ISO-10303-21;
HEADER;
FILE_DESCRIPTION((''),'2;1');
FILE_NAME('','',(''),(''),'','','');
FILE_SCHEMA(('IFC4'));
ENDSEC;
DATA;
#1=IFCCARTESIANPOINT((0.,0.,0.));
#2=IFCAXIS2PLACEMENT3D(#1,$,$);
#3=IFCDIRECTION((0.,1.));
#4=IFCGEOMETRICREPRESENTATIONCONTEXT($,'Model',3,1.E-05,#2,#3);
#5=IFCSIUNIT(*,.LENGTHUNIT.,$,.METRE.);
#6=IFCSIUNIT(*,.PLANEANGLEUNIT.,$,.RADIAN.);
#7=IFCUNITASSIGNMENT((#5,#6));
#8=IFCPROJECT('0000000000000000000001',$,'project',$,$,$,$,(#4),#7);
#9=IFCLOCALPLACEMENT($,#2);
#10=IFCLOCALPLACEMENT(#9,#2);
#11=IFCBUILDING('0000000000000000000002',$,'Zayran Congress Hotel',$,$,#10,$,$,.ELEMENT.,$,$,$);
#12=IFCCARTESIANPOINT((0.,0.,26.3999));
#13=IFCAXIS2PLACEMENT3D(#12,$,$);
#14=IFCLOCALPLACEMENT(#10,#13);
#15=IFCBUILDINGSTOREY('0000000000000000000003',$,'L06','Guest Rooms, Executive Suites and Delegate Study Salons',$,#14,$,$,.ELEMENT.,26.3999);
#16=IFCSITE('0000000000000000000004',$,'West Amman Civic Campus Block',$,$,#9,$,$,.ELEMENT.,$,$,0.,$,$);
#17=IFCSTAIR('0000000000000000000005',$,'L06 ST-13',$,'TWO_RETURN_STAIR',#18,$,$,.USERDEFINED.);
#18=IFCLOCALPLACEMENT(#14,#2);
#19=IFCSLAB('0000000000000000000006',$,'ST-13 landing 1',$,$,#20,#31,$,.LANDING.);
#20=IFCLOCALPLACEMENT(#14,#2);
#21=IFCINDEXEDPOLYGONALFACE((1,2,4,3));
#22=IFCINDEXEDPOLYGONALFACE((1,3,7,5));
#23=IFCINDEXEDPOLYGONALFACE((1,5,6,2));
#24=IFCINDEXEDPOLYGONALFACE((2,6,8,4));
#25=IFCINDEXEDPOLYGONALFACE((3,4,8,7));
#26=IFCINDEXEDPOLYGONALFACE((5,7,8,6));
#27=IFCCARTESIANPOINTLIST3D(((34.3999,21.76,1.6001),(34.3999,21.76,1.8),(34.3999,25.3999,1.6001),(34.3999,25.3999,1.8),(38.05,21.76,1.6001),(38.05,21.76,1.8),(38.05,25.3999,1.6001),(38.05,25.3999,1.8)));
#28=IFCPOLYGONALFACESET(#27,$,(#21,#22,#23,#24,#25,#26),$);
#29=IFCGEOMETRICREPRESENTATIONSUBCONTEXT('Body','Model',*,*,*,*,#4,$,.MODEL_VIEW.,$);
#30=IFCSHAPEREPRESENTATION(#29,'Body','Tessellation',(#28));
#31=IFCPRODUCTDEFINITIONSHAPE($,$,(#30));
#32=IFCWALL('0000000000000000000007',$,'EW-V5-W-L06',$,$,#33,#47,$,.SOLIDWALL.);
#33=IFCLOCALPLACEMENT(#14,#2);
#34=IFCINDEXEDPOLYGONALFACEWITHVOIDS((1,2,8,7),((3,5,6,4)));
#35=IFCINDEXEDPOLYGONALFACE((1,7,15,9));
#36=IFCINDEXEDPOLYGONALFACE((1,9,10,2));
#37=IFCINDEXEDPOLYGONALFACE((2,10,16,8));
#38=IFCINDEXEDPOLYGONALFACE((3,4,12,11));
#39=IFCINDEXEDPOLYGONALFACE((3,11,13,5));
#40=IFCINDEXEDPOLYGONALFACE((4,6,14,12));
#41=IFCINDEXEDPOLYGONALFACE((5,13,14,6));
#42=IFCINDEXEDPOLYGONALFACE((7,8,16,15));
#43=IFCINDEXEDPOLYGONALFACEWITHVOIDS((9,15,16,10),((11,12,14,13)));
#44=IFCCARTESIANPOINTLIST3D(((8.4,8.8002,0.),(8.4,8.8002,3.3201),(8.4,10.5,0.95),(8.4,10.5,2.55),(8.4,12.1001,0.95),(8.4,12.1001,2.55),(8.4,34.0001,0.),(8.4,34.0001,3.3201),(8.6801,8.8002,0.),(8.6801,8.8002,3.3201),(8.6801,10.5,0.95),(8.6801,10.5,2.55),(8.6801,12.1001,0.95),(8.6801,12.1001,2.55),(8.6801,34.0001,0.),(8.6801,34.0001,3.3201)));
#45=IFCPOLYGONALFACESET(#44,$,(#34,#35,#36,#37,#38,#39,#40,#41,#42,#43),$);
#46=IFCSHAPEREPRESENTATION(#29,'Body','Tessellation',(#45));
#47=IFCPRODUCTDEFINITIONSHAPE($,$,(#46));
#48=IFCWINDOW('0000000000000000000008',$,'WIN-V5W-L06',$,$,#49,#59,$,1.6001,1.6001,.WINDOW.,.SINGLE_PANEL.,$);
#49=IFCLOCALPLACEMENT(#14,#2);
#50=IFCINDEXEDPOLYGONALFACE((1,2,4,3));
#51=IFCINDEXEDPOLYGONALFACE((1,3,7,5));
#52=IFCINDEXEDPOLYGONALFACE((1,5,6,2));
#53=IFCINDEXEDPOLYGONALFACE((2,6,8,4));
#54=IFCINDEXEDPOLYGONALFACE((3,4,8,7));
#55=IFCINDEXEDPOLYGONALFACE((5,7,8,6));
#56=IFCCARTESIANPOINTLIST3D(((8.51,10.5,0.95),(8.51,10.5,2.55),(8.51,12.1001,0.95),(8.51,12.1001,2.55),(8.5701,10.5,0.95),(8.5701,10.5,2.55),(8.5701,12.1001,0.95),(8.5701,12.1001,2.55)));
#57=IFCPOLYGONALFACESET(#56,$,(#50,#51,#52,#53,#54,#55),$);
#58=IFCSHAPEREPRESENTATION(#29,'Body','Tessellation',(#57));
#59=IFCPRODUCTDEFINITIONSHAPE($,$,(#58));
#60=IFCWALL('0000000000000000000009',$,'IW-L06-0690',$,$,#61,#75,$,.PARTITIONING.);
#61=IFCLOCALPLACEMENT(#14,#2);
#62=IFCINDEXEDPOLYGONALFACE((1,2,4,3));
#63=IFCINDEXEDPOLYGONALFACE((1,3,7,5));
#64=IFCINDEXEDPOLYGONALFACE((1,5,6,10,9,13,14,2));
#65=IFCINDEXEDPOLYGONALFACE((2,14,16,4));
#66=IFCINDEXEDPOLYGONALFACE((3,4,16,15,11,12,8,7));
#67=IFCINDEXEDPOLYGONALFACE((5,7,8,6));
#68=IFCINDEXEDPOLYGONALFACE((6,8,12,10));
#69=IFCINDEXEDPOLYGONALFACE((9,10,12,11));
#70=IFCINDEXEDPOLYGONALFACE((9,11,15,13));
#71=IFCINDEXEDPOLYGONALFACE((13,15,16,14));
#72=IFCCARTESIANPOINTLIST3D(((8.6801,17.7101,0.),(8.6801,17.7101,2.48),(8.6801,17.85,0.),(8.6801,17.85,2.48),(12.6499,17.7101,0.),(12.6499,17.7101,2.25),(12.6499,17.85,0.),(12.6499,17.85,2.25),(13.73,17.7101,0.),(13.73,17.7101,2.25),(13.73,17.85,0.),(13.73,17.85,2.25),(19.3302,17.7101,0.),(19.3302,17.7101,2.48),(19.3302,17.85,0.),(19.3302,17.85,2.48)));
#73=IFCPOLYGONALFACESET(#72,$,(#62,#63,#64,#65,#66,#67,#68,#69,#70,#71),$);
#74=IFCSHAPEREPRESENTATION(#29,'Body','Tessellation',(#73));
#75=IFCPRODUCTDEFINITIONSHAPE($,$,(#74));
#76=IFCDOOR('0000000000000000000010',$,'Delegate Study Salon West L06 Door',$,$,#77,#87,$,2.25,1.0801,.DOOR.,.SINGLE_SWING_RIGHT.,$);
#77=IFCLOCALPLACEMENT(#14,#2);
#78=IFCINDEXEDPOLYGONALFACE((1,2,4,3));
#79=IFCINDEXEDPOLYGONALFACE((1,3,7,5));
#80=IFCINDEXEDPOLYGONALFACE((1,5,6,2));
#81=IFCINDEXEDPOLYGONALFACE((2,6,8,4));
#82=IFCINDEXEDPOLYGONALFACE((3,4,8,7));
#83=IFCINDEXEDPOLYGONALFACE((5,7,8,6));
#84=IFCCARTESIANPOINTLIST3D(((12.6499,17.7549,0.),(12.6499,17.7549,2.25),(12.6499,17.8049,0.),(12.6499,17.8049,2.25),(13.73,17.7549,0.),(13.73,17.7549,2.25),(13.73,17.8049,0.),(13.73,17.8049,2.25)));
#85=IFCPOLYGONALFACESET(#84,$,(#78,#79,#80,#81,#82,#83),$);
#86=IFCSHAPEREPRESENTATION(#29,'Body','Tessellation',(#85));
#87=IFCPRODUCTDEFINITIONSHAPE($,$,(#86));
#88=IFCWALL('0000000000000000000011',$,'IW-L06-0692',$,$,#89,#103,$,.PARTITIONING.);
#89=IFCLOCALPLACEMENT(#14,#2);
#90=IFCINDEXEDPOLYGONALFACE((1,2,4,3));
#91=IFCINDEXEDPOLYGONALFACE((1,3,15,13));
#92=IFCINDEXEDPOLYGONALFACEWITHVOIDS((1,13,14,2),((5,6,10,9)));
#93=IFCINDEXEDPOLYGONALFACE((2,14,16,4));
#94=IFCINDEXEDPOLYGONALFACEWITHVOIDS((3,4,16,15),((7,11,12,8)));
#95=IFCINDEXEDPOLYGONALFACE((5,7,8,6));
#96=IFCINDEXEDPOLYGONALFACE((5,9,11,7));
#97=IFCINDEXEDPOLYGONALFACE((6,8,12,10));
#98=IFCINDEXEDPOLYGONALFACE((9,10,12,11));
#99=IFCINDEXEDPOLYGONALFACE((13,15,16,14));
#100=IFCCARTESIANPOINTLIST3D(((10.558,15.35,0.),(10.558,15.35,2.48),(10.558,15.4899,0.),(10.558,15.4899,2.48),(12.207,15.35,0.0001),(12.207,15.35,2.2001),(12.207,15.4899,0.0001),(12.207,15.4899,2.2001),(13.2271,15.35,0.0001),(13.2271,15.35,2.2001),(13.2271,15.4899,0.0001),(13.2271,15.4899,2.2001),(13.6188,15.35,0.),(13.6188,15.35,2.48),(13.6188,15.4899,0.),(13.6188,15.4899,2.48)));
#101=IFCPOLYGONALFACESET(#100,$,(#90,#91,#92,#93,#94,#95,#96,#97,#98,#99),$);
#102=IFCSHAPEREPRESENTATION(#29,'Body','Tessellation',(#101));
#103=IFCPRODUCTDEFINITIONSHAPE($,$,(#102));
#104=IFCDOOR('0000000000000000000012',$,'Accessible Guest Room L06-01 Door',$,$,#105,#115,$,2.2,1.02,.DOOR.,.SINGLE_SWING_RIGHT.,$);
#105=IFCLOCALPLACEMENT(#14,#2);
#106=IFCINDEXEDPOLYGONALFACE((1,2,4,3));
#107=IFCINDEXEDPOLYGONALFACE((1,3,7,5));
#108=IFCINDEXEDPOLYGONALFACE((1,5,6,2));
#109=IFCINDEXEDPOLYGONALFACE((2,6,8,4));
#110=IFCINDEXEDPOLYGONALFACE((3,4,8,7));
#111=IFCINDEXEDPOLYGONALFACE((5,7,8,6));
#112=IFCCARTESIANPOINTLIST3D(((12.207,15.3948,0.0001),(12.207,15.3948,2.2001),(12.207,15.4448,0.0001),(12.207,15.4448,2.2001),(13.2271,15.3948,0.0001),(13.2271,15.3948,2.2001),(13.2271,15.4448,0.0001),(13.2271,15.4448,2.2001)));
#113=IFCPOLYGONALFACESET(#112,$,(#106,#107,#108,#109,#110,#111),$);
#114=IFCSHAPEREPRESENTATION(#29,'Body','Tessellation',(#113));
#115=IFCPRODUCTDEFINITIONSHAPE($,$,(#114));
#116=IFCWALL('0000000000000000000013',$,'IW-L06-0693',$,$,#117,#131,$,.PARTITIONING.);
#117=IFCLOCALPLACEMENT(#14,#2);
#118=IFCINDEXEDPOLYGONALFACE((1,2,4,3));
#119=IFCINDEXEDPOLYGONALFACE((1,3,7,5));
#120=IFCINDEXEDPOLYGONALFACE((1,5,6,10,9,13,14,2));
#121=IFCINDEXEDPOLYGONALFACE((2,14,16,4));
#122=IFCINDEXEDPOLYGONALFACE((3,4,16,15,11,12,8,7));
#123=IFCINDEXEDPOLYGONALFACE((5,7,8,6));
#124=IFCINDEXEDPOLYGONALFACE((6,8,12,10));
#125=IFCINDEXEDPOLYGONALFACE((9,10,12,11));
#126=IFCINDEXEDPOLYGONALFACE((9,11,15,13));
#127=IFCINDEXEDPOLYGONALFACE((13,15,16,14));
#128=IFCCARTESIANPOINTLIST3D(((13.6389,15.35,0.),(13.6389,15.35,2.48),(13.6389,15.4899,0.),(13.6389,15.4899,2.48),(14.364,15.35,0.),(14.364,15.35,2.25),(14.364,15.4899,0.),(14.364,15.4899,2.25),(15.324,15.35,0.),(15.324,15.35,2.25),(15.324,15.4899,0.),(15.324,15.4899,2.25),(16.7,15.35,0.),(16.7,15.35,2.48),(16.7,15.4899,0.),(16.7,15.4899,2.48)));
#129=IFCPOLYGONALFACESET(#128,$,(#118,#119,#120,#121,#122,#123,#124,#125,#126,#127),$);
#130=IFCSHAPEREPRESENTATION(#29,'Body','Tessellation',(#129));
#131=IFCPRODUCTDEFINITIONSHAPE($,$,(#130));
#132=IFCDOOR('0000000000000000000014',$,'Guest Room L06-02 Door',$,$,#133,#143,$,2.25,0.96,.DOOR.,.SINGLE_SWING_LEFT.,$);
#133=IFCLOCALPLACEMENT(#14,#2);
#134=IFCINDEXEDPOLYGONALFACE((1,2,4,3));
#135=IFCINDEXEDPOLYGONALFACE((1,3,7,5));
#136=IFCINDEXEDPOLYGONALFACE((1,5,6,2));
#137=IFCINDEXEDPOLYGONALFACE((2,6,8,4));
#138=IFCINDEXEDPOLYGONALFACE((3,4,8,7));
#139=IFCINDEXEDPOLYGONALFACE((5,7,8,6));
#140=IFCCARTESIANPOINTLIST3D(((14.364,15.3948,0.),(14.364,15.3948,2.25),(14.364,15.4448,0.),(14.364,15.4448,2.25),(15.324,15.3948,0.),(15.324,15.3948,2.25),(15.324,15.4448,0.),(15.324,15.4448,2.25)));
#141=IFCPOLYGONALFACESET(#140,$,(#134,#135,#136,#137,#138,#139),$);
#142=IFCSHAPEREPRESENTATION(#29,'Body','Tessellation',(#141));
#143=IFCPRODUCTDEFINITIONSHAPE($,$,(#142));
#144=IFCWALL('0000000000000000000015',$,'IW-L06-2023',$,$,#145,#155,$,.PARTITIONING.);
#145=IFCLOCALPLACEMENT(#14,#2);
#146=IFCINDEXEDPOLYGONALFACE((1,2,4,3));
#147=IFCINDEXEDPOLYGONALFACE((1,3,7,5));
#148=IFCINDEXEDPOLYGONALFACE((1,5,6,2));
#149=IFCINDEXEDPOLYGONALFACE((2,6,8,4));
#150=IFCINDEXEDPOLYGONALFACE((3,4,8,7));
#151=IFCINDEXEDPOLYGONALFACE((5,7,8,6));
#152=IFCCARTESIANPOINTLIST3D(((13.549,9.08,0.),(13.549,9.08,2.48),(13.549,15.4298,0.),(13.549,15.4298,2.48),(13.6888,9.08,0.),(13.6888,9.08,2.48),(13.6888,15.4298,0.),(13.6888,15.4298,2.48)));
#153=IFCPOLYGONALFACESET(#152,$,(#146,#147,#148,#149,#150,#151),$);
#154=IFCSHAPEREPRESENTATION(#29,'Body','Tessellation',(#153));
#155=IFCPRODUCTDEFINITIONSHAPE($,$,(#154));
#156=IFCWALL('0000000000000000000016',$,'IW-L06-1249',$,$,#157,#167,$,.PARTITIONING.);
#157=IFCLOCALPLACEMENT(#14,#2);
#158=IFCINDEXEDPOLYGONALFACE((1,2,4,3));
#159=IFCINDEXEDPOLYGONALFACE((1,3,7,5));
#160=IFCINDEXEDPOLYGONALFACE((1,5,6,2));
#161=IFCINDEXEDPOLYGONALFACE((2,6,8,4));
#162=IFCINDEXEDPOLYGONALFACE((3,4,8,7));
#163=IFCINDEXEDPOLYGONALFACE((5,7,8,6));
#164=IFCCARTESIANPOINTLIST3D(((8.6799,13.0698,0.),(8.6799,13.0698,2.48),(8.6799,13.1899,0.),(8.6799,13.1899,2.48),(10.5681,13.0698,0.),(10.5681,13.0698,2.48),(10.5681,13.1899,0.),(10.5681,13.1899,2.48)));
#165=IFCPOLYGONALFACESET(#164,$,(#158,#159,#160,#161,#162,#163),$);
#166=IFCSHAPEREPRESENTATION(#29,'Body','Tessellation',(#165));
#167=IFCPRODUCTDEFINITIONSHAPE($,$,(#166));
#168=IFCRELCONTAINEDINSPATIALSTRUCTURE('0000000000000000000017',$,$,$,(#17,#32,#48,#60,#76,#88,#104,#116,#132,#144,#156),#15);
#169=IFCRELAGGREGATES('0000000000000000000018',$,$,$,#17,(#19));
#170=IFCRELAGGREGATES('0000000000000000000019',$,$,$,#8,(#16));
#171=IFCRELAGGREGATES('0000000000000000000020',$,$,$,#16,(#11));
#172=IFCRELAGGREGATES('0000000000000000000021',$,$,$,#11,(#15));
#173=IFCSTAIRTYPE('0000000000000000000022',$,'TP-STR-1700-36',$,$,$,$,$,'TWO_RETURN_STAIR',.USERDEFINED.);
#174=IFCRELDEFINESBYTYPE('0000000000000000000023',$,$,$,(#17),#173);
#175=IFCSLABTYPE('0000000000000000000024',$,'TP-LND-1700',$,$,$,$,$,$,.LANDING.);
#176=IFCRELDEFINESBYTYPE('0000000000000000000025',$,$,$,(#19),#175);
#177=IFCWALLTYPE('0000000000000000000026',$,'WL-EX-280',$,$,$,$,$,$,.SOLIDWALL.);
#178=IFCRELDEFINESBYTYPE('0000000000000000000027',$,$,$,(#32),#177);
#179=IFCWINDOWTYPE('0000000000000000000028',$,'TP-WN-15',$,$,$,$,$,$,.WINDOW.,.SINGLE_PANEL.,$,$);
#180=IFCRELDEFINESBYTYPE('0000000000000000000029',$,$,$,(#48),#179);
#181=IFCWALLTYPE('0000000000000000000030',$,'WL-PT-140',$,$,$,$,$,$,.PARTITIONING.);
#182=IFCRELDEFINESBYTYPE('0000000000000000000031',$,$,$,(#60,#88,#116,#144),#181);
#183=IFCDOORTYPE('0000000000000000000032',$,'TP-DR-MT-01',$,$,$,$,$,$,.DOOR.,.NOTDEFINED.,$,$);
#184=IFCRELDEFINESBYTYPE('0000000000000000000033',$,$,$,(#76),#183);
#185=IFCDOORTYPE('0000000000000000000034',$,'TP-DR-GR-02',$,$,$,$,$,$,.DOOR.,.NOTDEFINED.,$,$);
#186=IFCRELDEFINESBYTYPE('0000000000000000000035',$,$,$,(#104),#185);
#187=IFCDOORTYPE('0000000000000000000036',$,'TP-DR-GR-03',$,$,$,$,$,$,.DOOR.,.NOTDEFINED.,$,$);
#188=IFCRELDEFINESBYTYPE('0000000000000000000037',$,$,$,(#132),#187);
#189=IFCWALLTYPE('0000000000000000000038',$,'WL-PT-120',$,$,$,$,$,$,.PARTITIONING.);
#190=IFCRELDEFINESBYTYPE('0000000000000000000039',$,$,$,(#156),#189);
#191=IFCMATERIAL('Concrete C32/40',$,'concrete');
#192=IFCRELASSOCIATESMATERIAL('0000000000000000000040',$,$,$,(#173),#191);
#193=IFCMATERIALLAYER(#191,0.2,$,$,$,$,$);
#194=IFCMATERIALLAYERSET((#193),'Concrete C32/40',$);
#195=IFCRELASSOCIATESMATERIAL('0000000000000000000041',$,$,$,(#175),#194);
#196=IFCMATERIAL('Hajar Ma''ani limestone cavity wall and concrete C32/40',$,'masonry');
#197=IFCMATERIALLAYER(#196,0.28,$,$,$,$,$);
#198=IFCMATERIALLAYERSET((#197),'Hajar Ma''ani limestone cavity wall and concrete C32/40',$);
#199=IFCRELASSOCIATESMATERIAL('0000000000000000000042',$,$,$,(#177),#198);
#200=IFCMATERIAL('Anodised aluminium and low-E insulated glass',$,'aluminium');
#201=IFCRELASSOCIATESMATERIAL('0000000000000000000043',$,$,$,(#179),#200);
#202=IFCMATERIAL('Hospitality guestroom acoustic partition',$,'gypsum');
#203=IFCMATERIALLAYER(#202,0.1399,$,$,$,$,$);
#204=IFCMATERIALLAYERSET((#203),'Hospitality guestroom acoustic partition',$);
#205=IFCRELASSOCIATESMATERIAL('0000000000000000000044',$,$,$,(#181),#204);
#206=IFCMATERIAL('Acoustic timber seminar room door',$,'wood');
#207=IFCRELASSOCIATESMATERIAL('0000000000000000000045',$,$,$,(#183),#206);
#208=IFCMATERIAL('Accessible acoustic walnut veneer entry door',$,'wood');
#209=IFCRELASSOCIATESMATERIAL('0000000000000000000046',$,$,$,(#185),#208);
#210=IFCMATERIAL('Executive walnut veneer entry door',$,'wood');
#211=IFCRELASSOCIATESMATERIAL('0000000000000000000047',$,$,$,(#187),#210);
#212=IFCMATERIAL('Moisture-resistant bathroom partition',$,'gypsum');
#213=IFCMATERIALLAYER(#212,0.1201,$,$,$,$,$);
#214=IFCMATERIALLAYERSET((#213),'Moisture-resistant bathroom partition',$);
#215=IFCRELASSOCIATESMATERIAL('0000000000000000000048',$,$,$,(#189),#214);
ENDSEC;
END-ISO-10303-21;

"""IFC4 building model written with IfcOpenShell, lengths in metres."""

from ifc_helpers import new_model, si_unit, direction, frame, frame_2d, origin, place, context, subcontext, project, spatial, polyline, rectangle, outline, extrude, material, layer, layer_set, type_object, element, fill, aggregate, save


model = new_model("IFC4")

# Units and contexts
model_context = context("Model", 3, precision=1e-05, world=origin(), true_north=direction((0.0, 1.0)))
body_context = subcontext(model_context, "Body", "Model", "MODEL_VIEW")
ifc_project = project(units=[si_unit("LENGTHUNIT", "METRE"), si_unit("PLANEANGLEUNIT", "RADIAN")], contexts=[model_context])

# Site, building, storey
site_placement = place(None, origin())
site = spatial("IfcSite", under=ifc_project, at=site_placement, Name="West Amman Civic Campus Block", CompositionType="ELEMENT", RefElevation=0.0)
building_placement = place(site_placement, origin())
building = spatial("IfcBuilding", under=site, at=building_placement, Name="Zayran Congress Hotel", CompositionType="ELEMENT")
storey_placement = place(building_placement, frame((0.0, 0.0, 26.3999)))
storey = spatial("IfcBuildingStorey", under=building, at=storey_placement, Name="L06", Description="Guest Rooms, Executive Suites and Delegate Study Salons", CompositionType="ELEMENT", Elevation=26.3999)

# Shared definitions
ifc_material_1 = material(Name="Concrete C32/40", Category="concrete")

# Stair, slab
stair_type = type_object("IfcStairType", Name="TP-STR-1700-36", ElementType="TWO_RETURN_STAIR", PredefinedType="USERDEFINED", material=ifc_material_1)
ifc_layer_1 = layer(ifc_material_1, 0.2)
ifc_layer_set_1 = layer_set([ifc_layer_1], Name="Concrete C32/40")
slab_type_1 = type_object("IfcSlabType", Name="TP-LND-1700", PredefinedType="LANDING", material=ifc_layer_set_1)
stair_1_placement = place(storey_placement, origin())
stair_1 = element("IfcStair", 1, at=stair_1_placement, inside=storey, type_object=stair_type, Name="L06 ST-13", ObjectType="TWO_RETURN_STAIR", PredefinedType="USERDEFINED")
slab_1_placement = place(storey_placement, frame((0.0, 0.0, 1.6001)))
slab_1 = element("IfcSlab", 2, at=slab_1_placement, type_object=slab_type_1, Name="ST-13 landing 1", PredefinedType="LANDING", context=body_context, shape_type="SweptSolid", body=[
    extrude(outline(polyline([(38.05, 25.3999), (34.3999, 25.3999), (34.3999, 21.76), (38.05, 21.76), (38.05, 25.3999)])), origin(), (0.0, 0.0, 1.0), 0.2),
])
aggregate(stair_1, [slab_1])

# Wall, opening, window
ifc_material_2 = material(Name="Hajar Ma'ani limestone cavity wall and concrete C32/40", Category="masonry")
ifc_layer_2 = layer(ifc_material_2, 0.28)
ifc_layer_set_2 = layer_set([ifc_layer_2], Name="Hajar Ma'ani limestone cavity wall and concrete C32/40")
wall_type_1 = type_object("IfcWallType", Name="WL-EX-280", PredefinedType="SOLIDWALL", material=ifc_layer_set_2)
wall_1_placement = place(storey_placement, frame((8.54, 8.8, 0.0), z_axis=(0.0, 0.0, 1.0), x_axis=(0.0, 1.0, 0.0)))
wall_1 = element("IfcWall", 3, at=wall_1_placement, inside=storey, type_object=wall_type_1, Name="EW-V5-W-L06", PredefinedType="SOLIDWALL", context=body_context, shape_type="SweptSolid", body=[
    extrude(rectangle(XDim=25.2, YDim=0.28, at=frame_2d((12.6001, 0.0))), origin(), (0.0, 0.0, 1.0), 3.3201),
])
opening_1_placement = place(wall_1_placement, frame((1.7, 0.0, 0.95)))
opening_1 = element("IfcOpeningElement", 4, at=opening_1_placement, cuts=wall_1, PredefinedType="OPENING", context=body_context, shape_type="SweptSolid", body=[
    extrude(rectangle(XDim=1.6001, YDim=1.6001, at=frame_2d((0.8, 0.8))), frame((0.0, 0.1499, 0.0), z_axis=(0.0, -1.0, 0.0), x_axis=(1.0, 0.0, 0.0)), (0.0, 0.0, 1.0), 0.3),
])
ifc_material_3 = material(Name="Anodised aluminium and low-E insulated glass", Category="aluminium")
window_type = type_object("IfcWindowType", Name="TP-WN-15", PartitioningType="SINGLE_PANEL", PredefinedType="WINDOW", material=ifc_material_3)
window_placement = place(opening_1_placement, origin())
window = element("IfcWindow", 5, at=window_placement, inside=storey, type_object=window_type, Name="WIN-V5W-L06", OverallHeight=1.6001, OverallWidth=1.6001, PartitioningType="SINGLE_PANEL", PredefinedType="WINDOW", context=body_context, shape_type="SweptSolid", body=[
    extrude(rectangle(XDim=1.6001, YDim=1.6001, at=frame_2d((0.8, 0.8))), frame((0.0, 0.03, 0.0), z_axis=(0.0, -1.0, 0.0), x_axis=(1.0, 0.0, 0.0)), (0.0, 0.0, 1.0), 0.0601),
])
fill(opening_1, window)

# Walls, openings, doors
ifc_material_4 = material(Name="Hospitality guestroom acoustic partition", Category="gypsum")
ifc_layer_3 = layer(ifc_material_4, 0.1399)
ifc_layer_set_3 = layer_set([ifc_layer_3], Name="Hospitality guestroom acoustic partition")
wall_type_2 = type_object("IfcWallType", Name="WL-PT-140", PredefinedType="PARTITIONING", material=ifc_layer_set_3)
wall_2_placement = place(storey_placement, frame((8.6799, 17.78, 0.0), z_axis=(0.0, 0.0, 1.0), x_axis=(1.0, 0.0, 0.0)))
wall_2 = element("IfcWall", 6, at=wall_2_placement, inside=storey, type_object=wall_type_2, Name="IW-L06-0690", PredefinedType="PARTITIONING", context=body_context, shape_type="SweptSolid", body=[
    extrude(rectangle(XDim=10.6501, YDim=0.1399, at=frame_2d((5.3252, 0.0))), origin(), (0.0, 0.0, 1.0), 2.48),
])
opening_2_placement = place(wall_2_placement, frame((3.97, 0.0, 0.0)))
opening_2 = element("IfcOpeningElement", 7, at=opening_2_placement, cuts=wall_2, PredefinedType="OPENING", context=body_context, shape_type="SweptSolid", body=[
    extrude(rectangle(XDim=1.0801, YDim=2.25, at=frame_2d((0.54, 1.125))), frame((0.0, 0.0798, 0.0), z_axis=(0.0, -1.0, 0.0), x_axis=(1.0, 0.0, 0.0)), (0.0, 0.0, 1.0), 0.1599),
])
ifc_material_5 = material(Name="Acoustic timber seminar room door", Category="wood")
door_type_1 = type_object("IfcDoorType", Name="TP-DR-MT-01", OperationType="NOTDEFINED", PredefinedType="DOOR", material=ifc_material_5)
door_1_placement = place(opening_2_placement, origin())
door_1 = element("IfcDoor", 8, at=door_1_placement, inside=storey, type_object=door_type_1, Name="Delegate Study Salon West L06 Door", OperationType="SINGLE_SWING_RIGHT", OverallHeight=2.25, OverallWidth=1.0801, PredefinedType="DOOR", context=body_context, shape_type="SweptSolid", body=[
    extrude(rectangle(XDim=1.0801, YDim=2.25, at=frame_2d((0.54, 1.125))), frame((0.0, 0.0249, 0.0), z_axis=(0.0, -1.0, 0.0), x_axis=(1.0, 0.0, 0.0)), (0.0, 0.0, 1.0), 0.05),
])
fill(opening_2, door_1)
wall_3_placement = place(storey_placement, frame((10.5581, 15.4199, 0.0), z_axis=(0.0, 0.0, 1.0), x_axis=(1.0, 0.0, 0.0)))
wall_3 = element("IfcWall", 9, at=wall_3_placement, inside=storey, type_object=wall_type_2, Name="IW-L06-0692", PredefinedType="PARTITIONING", context=body_context, shape_type="SweptSolid", body=[
    extrude(rectangle(XDim=3.0608, YDim=0.1399, at=frame_2d((1.5303, 0.0))), origin(), (0.0, 0.0, 1.0), 2.48),
])
opening_3_placement = place(wall_3_placement, frame((1.6489, 0.0, 0.0)))
opening_3 = element("IfcOpeningElement", 10, at=opening_3_placement, cuts=wall_3, PredefinedType="OPENING", context=body_context, shape_type="SweptSolid", body=[
    extrude(rectangle(XDim=1.02, YDim=2.2, at=frame_2d((0.51, 1.1001))), frame((0.0, 0.0798, 0.0), z_axis=(0.0, -1.0, 0.0), x_axis=(1.0, 0.0, 0.0)), (0.0, 0.0, 1.0), 0.1599),
])
ifc_material_6 = material(Name="Accessible acoustic walnut veneer entry door", Category="wood")
door_type_2 = type_object("IfcDoorType", Name="TP-DR-GR-02", OperationType="NOTDEFINED", PredefinedType="DOOR", material=ifc_material_6)
door_2_placement = place(opening_3_placement, origin())
door_2 = element("IfcDoor", 11, at=door_2_placement, inside=storey, type_object=door_type_2, Name="Accessible Guest Room L06-01 Door", OperationType="SINGLE_SWING_RIGHT", OverallHeight=2.2, OverallWidth=1.02, PredefinedType="DOOR", context=body_context, shape_type="SweptSolid", body=[
    extrude(rectangle(XDim=1.02, YDim=2.2, at=frame_2d((0.51, 1.1001))), frame((0.0, 0.0249, 0.0), z_axis=(0.0, -1.0, 0.0), x_axis=(1.0, 0.0, 0.0)), (0.0, 0.0, 1.0), 0.05),
])
fill(opening_3, door_2)
wall_4_placement = place(storey_placement, frame((13.6389, 15.4199, 0.0), z_axis=(0.0, 0.0, 1.0), x_axis=(1.0, 0.0, 0.0)))
wall_4 = element("IfcWall", 12, at=wall_4_placement, inside=storey, type_object=wall_type_2, Name="IW-L06-0693", PredefinedType="PARTITIONING", context=body_context, shape_type="SweptSolid", body=[
    extrude(rectangle(XDim=3.061, YDim=0.1399, at=frame_2d((1.5305, 0.0))), origin(), (0.0, 0.0, 1.0), 2.48),
])
opening_4_placement = place(wall_4_placement, frame((0.7251, 0.0, 0.0)))
opening_4 = element("IfcOpeningElement", 13, at=opening_4_placement, cuts=wall_4, PredefinedType="OPENING", context=body_context, shape_type="SweptSolid", body=[
    extrude(rectangle(XDim=0.96, YDim=2.25, at=frame_2d((0.48, 1.125))), frame((0.0, 0.0798, 0.0), z_axis=(0.0, -1.0, 0.0), x_axis=(1.0, 0.0, 0.0)), (0.0, 0.0, 1.0), 0.1599),
])
ifc_material_7 = material(Name="Executive walnut veneer entry door", Category="wood")
door_type_3 = type_object("IfcDoorType", Name="TP-DR-GR-03", OperationType="NOTDEFINED", PredefinedType="DOOR", material=ifc_material_7)
door_3_placement = place(opening_4_placement, origin())
door_3 = element("IfcDoor", 14, at=door_3_placement, inside=storey, type_object=door_type_3, Name="Guest Room L06-02 Door", OperationType="SINGLE_SWING_LEFT", OverallHeight=2.25, OverallWidth=0.96, PredefinedType="DOOR", context=body_context, shape_type="SweptSolid", body=[
    extrude(rectangle(XDim=0.96, YDim=2.25, at=frame_2d((0.48, 1.125))), frame((0.0, 0.0249, 0.0), z_axis=(0.0, -1.0, 0.0), x_axis=(1.0, 0.0, 0.0)), (0.0, 0.0, 1.0), 0.05),
])
fill(opening_4, door_3)

# Wall
wall_5_placement = place(storey_placement, frame((13.6189, 9.0801, 0.0), z_axis=(0.0, 0.0, 1.0), x_axis=(0.0, 1.0, 0.0)))
element("IfcWall", 15, at=wall_5_placement, inside=storey, type_object=wall_type_2, Name="IW-L06-2023", PredefinedType="PARTITIONING", context=body_context, shape_type="SweptSolid", body=[
    extrude(rectangle(XDim=6.3499, YDim=0.1399, at=frame_2d((3.1748, 0.0))), origin(), (0.0, 0.0, 1.0), 2.48),
])

# Shared definitions
ifc_material_8 = material(Name="Moisture-resistant bathroom partition", Category="gypsum")
ifc_layer_4 = layer(ifc_material_8, 0.1201)
ifc_layer_set_4 = layer_set([ifc_layer_4], Name="Moisture-resistant bathroom partition")
wall_type_3 = type_object("IfcWallType", Name="WL-PT-120", PredefinedType="PARTITIONING", material=ifc_layer_set_4)

# Wall
for number, where, z_axis, x_axis, name in (
    (16, (8.6799, 13.1299, 0.0), (0.0, 0.0, 1.0), (1.0, 0.0, 0.0), "IW-L06-1249"),
):
    element("IfcWall", number, at=place(storey_placement, frame(where, z_axis=z_axis, x_axis=x_axis)), inside=storey, type_object=wall_type_3, Name=name, PredefinedType="PARTITIONING", context=body_context, shape_type="SweptSolid", body=[
        extrude(rectangle(XDim=1.8882, YDim=0.1201, at=frame_2d((0.9441, 0.0))), origin(), (0.0, 0.0, 1.0), 2.48),
    ])

save(model, "model.ifc")
